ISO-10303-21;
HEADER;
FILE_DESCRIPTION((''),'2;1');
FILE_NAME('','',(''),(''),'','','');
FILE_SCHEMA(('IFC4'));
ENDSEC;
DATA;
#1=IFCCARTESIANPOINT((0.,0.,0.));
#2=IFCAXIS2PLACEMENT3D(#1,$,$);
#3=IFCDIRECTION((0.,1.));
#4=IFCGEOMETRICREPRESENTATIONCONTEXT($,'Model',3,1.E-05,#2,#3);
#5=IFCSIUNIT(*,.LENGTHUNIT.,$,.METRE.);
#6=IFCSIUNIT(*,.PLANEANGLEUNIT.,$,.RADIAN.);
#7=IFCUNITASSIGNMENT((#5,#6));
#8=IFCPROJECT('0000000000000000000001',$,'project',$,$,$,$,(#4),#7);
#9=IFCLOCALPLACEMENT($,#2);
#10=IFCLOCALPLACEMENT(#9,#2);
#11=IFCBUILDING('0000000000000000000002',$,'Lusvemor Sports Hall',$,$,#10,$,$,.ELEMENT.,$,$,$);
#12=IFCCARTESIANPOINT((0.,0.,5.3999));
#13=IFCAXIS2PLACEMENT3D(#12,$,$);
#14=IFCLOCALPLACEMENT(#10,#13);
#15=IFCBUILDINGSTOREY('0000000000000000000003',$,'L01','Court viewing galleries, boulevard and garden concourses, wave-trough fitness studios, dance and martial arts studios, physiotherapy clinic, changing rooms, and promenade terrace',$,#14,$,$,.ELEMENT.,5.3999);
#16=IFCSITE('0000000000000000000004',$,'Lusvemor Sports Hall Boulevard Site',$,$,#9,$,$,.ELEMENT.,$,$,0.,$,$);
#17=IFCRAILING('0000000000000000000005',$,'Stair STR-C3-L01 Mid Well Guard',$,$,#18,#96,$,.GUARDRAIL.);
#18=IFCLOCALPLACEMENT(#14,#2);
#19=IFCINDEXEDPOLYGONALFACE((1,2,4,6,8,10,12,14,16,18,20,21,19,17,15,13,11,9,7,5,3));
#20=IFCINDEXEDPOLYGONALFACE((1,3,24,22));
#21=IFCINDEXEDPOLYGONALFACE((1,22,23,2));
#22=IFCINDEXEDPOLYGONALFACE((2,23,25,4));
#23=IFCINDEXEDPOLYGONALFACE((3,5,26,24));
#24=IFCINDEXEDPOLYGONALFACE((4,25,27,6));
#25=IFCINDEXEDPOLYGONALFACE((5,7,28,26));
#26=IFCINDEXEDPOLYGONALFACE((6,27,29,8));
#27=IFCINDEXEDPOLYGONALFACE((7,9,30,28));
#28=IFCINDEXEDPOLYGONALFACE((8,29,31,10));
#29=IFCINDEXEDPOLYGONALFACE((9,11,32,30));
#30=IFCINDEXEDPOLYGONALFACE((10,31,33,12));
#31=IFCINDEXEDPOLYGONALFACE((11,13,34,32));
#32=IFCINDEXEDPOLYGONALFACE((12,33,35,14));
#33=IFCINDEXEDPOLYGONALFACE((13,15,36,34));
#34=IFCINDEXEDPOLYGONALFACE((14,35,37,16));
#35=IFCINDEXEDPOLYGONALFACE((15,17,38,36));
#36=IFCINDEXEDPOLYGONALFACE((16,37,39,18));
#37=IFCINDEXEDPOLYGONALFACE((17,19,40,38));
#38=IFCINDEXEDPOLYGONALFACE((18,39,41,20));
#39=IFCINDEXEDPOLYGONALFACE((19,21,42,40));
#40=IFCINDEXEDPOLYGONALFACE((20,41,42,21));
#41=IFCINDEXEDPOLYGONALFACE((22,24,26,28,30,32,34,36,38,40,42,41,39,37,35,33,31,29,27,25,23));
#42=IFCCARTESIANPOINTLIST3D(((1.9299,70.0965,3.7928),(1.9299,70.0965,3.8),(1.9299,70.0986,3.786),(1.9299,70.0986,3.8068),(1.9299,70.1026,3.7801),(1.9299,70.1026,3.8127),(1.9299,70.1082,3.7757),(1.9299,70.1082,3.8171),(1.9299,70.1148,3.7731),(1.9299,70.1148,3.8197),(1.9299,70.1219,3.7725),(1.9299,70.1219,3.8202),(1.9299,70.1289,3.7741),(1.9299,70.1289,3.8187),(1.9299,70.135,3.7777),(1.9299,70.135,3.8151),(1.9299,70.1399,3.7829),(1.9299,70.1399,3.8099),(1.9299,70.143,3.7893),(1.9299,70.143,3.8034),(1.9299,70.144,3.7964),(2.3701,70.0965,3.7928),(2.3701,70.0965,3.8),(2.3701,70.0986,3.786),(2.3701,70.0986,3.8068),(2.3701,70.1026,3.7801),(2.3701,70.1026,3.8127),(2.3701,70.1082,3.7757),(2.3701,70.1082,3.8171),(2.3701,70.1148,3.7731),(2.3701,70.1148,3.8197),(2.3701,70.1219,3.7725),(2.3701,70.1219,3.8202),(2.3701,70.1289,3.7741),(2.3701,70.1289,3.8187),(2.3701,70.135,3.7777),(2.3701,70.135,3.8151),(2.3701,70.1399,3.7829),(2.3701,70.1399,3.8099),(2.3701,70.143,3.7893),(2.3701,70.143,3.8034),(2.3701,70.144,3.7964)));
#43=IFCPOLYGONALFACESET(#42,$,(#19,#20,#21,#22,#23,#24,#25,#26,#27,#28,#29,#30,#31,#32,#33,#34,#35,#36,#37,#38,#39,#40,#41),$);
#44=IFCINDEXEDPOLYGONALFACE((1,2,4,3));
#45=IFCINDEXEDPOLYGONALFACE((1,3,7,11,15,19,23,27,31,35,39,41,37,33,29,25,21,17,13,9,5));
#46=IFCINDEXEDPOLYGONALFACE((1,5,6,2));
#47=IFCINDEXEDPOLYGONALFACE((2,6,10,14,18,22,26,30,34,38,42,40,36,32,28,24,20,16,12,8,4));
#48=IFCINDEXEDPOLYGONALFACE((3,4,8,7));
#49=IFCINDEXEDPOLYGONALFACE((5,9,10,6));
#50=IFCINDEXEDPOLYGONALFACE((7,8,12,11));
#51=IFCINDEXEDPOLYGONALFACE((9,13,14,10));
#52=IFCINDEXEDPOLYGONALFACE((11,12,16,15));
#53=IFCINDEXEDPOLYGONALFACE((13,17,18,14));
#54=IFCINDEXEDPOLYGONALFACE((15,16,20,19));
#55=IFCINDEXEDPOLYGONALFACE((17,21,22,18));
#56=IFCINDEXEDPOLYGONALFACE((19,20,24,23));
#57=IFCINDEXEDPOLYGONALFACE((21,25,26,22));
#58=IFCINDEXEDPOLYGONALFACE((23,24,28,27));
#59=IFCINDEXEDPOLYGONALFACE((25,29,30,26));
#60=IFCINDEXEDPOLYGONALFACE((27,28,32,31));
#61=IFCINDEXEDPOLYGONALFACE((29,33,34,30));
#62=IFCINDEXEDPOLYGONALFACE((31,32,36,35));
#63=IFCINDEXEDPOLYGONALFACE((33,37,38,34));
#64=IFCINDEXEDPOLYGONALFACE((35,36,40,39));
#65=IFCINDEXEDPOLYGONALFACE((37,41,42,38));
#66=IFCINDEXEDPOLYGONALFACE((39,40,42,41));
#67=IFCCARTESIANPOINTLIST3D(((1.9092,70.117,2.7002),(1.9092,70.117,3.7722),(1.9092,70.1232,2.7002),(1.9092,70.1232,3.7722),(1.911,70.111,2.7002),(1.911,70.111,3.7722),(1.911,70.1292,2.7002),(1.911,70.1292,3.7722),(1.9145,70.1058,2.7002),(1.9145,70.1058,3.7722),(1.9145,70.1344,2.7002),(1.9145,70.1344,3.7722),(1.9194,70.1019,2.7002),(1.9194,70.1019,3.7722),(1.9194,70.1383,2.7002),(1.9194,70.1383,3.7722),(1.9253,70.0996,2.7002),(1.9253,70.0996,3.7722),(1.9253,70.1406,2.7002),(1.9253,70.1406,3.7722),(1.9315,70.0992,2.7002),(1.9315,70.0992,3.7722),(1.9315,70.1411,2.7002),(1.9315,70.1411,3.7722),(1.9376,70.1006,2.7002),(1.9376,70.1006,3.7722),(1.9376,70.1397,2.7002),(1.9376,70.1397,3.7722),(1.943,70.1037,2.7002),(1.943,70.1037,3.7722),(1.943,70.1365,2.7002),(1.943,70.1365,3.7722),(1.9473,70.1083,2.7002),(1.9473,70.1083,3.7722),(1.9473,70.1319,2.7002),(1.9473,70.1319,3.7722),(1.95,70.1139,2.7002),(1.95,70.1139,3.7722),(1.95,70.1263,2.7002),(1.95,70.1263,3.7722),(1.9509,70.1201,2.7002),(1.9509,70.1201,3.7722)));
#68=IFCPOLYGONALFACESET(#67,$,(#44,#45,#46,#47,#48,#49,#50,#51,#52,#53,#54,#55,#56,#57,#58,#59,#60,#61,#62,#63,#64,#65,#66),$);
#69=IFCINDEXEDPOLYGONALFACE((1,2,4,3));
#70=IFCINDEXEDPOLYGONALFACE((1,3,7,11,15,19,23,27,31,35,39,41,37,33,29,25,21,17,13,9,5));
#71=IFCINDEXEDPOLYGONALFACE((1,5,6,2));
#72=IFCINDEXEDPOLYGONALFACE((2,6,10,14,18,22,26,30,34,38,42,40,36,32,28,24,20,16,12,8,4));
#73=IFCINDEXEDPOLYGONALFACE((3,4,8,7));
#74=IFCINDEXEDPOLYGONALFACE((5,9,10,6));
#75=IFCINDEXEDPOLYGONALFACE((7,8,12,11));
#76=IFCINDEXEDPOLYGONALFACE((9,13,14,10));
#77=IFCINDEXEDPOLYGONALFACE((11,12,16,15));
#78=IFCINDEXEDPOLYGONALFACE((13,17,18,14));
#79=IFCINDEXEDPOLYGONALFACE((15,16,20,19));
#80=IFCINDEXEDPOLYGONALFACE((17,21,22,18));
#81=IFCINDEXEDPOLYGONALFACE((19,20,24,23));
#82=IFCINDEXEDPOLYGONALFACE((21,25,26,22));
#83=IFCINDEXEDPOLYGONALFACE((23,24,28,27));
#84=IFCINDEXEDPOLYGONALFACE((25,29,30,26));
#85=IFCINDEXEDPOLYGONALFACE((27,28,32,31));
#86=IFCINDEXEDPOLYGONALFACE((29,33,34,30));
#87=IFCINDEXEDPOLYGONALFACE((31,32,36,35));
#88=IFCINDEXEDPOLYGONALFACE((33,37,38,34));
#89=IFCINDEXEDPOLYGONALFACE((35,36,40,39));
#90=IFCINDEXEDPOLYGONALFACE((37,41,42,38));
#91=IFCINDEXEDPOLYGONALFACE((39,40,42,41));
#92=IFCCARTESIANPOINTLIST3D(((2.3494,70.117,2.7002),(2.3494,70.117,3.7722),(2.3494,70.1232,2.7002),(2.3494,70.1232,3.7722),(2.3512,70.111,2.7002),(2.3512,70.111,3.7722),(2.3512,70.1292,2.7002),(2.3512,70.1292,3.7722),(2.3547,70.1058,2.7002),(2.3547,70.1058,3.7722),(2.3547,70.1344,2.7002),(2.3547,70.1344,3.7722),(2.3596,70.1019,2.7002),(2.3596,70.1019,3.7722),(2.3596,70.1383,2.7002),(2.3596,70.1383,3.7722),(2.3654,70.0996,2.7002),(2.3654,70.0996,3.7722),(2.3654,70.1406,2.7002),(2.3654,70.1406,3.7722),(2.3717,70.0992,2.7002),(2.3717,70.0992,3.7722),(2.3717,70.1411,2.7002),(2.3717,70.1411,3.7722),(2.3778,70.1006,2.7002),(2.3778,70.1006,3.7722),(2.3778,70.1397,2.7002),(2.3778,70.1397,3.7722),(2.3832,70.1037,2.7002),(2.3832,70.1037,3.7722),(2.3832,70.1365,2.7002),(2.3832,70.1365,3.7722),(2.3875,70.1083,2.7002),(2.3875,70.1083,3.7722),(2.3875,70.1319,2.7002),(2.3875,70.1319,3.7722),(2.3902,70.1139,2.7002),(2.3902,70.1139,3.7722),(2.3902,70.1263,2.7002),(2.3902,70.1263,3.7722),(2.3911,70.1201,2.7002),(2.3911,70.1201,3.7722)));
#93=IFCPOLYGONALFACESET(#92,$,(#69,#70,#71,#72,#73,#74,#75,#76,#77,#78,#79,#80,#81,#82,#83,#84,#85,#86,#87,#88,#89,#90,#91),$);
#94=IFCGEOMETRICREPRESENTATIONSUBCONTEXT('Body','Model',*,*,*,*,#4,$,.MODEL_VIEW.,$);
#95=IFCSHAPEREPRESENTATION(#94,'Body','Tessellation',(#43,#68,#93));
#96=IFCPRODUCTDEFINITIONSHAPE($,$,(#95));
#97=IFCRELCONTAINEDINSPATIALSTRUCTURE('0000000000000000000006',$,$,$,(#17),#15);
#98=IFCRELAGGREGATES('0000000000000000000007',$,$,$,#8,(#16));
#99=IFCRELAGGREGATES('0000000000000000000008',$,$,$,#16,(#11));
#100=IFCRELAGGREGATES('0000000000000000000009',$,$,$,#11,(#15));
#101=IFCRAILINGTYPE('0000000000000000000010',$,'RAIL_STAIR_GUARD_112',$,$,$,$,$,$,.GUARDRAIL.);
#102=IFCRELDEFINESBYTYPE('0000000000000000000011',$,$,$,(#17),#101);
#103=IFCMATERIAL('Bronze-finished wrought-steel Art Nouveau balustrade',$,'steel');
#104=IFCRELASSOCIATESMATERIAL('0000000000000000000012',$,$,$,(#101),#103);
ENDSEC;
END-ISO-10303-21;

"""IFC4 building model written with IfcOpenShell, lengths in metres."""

from ifc_helpers import new_model, si_unit, direction, frame, origin, origin_2d, place, context, subcontext, project, spatial, circle, extrude, material, type_object, element, save


model = new_model("IFC4")

# Units and contexts
model_context = context("Model", 3, precision=1e-05, world=origin(), true_north=direction((0.0, 1.0)))
body_context = subcontext(model_context, "Body", "Model", "MODEL_VIEW")
ifc_project = project(units=[si_unit("LENGTHUNIT", "METRE"), si_unit("PLANEANGLEUNIT", "RADIAN")], contexts=[model_context])

# Site, building, storey
site_placement = place(None, origin())
site = spatial("IfcSite", under=ifc_project, at=site_placement, Name="Lusvemor Sports Hall Boulevard Site", CompositionType="ELEMENT", RefElevation=0.0)
building_placement = place(site_placement, origin())
building = spatial("IfcBuilding", under=site, at=building_placement, Name="Lusvemor Sports Hall", CompositionType="ELEMENT")
storey_placement = place(building_placement, frame((0.0, 0.0, 5.3999)))
storey = spatial("IfcBuildingStorey", under=building, at=storey_placement, Name="L01", Description="Court viewing galleries, boulevard and garden concourses, wave-trough fitness studios, dance and martial arts studios, physiotherapy clinic, changing rooms, and promenade terrace", CompositionType="ELEMENT", Elevation=5.3999)

# Railing
ifc_material_1 = material(Name="Bronze-finished wrought-steel Art Nouveau balustrade", Category="steel")
railing_type_1 = type_object("IfcRailingType", Name="RAIL_STAIR_GUARD_112", PredefinedType="GUARDRAIL", material=ifc_material_1)
railing_1_placement = place(storey_placement, frame((1.9299, 70.1201, 2.7002)))
element("IfcRailing", 1, at=railing_1_placement, inside=storey, type_object=railing_type_1, Name="Stair STR-C3-L01 Mid Well Guard", PredefinedType="GUARDRAIL", context=body_context, shape_type="SweptSolid", body=[
    extrude(circle(Radius=0.0239, at=origin_2d()), frame((0.0, 0.0, 1.0962), z_axis=(1.0, 0.0, 0.0), x_axis=(0.0, 1.0, 0.0)), (0.0, 0.0, 1.0), 0.4402),
    extrude(circle(Radius=0.021, at=origin_2d()), origin(), (0.0, 0.0, 1.0), 1.072),
    extrude(circle(Radius=0.021, at=origin_2d()), frame((0.4402, 0.0, 0.0)), (0.0, 0.0, 1.0), 1.072),
])

save(model, "model.ifc")
